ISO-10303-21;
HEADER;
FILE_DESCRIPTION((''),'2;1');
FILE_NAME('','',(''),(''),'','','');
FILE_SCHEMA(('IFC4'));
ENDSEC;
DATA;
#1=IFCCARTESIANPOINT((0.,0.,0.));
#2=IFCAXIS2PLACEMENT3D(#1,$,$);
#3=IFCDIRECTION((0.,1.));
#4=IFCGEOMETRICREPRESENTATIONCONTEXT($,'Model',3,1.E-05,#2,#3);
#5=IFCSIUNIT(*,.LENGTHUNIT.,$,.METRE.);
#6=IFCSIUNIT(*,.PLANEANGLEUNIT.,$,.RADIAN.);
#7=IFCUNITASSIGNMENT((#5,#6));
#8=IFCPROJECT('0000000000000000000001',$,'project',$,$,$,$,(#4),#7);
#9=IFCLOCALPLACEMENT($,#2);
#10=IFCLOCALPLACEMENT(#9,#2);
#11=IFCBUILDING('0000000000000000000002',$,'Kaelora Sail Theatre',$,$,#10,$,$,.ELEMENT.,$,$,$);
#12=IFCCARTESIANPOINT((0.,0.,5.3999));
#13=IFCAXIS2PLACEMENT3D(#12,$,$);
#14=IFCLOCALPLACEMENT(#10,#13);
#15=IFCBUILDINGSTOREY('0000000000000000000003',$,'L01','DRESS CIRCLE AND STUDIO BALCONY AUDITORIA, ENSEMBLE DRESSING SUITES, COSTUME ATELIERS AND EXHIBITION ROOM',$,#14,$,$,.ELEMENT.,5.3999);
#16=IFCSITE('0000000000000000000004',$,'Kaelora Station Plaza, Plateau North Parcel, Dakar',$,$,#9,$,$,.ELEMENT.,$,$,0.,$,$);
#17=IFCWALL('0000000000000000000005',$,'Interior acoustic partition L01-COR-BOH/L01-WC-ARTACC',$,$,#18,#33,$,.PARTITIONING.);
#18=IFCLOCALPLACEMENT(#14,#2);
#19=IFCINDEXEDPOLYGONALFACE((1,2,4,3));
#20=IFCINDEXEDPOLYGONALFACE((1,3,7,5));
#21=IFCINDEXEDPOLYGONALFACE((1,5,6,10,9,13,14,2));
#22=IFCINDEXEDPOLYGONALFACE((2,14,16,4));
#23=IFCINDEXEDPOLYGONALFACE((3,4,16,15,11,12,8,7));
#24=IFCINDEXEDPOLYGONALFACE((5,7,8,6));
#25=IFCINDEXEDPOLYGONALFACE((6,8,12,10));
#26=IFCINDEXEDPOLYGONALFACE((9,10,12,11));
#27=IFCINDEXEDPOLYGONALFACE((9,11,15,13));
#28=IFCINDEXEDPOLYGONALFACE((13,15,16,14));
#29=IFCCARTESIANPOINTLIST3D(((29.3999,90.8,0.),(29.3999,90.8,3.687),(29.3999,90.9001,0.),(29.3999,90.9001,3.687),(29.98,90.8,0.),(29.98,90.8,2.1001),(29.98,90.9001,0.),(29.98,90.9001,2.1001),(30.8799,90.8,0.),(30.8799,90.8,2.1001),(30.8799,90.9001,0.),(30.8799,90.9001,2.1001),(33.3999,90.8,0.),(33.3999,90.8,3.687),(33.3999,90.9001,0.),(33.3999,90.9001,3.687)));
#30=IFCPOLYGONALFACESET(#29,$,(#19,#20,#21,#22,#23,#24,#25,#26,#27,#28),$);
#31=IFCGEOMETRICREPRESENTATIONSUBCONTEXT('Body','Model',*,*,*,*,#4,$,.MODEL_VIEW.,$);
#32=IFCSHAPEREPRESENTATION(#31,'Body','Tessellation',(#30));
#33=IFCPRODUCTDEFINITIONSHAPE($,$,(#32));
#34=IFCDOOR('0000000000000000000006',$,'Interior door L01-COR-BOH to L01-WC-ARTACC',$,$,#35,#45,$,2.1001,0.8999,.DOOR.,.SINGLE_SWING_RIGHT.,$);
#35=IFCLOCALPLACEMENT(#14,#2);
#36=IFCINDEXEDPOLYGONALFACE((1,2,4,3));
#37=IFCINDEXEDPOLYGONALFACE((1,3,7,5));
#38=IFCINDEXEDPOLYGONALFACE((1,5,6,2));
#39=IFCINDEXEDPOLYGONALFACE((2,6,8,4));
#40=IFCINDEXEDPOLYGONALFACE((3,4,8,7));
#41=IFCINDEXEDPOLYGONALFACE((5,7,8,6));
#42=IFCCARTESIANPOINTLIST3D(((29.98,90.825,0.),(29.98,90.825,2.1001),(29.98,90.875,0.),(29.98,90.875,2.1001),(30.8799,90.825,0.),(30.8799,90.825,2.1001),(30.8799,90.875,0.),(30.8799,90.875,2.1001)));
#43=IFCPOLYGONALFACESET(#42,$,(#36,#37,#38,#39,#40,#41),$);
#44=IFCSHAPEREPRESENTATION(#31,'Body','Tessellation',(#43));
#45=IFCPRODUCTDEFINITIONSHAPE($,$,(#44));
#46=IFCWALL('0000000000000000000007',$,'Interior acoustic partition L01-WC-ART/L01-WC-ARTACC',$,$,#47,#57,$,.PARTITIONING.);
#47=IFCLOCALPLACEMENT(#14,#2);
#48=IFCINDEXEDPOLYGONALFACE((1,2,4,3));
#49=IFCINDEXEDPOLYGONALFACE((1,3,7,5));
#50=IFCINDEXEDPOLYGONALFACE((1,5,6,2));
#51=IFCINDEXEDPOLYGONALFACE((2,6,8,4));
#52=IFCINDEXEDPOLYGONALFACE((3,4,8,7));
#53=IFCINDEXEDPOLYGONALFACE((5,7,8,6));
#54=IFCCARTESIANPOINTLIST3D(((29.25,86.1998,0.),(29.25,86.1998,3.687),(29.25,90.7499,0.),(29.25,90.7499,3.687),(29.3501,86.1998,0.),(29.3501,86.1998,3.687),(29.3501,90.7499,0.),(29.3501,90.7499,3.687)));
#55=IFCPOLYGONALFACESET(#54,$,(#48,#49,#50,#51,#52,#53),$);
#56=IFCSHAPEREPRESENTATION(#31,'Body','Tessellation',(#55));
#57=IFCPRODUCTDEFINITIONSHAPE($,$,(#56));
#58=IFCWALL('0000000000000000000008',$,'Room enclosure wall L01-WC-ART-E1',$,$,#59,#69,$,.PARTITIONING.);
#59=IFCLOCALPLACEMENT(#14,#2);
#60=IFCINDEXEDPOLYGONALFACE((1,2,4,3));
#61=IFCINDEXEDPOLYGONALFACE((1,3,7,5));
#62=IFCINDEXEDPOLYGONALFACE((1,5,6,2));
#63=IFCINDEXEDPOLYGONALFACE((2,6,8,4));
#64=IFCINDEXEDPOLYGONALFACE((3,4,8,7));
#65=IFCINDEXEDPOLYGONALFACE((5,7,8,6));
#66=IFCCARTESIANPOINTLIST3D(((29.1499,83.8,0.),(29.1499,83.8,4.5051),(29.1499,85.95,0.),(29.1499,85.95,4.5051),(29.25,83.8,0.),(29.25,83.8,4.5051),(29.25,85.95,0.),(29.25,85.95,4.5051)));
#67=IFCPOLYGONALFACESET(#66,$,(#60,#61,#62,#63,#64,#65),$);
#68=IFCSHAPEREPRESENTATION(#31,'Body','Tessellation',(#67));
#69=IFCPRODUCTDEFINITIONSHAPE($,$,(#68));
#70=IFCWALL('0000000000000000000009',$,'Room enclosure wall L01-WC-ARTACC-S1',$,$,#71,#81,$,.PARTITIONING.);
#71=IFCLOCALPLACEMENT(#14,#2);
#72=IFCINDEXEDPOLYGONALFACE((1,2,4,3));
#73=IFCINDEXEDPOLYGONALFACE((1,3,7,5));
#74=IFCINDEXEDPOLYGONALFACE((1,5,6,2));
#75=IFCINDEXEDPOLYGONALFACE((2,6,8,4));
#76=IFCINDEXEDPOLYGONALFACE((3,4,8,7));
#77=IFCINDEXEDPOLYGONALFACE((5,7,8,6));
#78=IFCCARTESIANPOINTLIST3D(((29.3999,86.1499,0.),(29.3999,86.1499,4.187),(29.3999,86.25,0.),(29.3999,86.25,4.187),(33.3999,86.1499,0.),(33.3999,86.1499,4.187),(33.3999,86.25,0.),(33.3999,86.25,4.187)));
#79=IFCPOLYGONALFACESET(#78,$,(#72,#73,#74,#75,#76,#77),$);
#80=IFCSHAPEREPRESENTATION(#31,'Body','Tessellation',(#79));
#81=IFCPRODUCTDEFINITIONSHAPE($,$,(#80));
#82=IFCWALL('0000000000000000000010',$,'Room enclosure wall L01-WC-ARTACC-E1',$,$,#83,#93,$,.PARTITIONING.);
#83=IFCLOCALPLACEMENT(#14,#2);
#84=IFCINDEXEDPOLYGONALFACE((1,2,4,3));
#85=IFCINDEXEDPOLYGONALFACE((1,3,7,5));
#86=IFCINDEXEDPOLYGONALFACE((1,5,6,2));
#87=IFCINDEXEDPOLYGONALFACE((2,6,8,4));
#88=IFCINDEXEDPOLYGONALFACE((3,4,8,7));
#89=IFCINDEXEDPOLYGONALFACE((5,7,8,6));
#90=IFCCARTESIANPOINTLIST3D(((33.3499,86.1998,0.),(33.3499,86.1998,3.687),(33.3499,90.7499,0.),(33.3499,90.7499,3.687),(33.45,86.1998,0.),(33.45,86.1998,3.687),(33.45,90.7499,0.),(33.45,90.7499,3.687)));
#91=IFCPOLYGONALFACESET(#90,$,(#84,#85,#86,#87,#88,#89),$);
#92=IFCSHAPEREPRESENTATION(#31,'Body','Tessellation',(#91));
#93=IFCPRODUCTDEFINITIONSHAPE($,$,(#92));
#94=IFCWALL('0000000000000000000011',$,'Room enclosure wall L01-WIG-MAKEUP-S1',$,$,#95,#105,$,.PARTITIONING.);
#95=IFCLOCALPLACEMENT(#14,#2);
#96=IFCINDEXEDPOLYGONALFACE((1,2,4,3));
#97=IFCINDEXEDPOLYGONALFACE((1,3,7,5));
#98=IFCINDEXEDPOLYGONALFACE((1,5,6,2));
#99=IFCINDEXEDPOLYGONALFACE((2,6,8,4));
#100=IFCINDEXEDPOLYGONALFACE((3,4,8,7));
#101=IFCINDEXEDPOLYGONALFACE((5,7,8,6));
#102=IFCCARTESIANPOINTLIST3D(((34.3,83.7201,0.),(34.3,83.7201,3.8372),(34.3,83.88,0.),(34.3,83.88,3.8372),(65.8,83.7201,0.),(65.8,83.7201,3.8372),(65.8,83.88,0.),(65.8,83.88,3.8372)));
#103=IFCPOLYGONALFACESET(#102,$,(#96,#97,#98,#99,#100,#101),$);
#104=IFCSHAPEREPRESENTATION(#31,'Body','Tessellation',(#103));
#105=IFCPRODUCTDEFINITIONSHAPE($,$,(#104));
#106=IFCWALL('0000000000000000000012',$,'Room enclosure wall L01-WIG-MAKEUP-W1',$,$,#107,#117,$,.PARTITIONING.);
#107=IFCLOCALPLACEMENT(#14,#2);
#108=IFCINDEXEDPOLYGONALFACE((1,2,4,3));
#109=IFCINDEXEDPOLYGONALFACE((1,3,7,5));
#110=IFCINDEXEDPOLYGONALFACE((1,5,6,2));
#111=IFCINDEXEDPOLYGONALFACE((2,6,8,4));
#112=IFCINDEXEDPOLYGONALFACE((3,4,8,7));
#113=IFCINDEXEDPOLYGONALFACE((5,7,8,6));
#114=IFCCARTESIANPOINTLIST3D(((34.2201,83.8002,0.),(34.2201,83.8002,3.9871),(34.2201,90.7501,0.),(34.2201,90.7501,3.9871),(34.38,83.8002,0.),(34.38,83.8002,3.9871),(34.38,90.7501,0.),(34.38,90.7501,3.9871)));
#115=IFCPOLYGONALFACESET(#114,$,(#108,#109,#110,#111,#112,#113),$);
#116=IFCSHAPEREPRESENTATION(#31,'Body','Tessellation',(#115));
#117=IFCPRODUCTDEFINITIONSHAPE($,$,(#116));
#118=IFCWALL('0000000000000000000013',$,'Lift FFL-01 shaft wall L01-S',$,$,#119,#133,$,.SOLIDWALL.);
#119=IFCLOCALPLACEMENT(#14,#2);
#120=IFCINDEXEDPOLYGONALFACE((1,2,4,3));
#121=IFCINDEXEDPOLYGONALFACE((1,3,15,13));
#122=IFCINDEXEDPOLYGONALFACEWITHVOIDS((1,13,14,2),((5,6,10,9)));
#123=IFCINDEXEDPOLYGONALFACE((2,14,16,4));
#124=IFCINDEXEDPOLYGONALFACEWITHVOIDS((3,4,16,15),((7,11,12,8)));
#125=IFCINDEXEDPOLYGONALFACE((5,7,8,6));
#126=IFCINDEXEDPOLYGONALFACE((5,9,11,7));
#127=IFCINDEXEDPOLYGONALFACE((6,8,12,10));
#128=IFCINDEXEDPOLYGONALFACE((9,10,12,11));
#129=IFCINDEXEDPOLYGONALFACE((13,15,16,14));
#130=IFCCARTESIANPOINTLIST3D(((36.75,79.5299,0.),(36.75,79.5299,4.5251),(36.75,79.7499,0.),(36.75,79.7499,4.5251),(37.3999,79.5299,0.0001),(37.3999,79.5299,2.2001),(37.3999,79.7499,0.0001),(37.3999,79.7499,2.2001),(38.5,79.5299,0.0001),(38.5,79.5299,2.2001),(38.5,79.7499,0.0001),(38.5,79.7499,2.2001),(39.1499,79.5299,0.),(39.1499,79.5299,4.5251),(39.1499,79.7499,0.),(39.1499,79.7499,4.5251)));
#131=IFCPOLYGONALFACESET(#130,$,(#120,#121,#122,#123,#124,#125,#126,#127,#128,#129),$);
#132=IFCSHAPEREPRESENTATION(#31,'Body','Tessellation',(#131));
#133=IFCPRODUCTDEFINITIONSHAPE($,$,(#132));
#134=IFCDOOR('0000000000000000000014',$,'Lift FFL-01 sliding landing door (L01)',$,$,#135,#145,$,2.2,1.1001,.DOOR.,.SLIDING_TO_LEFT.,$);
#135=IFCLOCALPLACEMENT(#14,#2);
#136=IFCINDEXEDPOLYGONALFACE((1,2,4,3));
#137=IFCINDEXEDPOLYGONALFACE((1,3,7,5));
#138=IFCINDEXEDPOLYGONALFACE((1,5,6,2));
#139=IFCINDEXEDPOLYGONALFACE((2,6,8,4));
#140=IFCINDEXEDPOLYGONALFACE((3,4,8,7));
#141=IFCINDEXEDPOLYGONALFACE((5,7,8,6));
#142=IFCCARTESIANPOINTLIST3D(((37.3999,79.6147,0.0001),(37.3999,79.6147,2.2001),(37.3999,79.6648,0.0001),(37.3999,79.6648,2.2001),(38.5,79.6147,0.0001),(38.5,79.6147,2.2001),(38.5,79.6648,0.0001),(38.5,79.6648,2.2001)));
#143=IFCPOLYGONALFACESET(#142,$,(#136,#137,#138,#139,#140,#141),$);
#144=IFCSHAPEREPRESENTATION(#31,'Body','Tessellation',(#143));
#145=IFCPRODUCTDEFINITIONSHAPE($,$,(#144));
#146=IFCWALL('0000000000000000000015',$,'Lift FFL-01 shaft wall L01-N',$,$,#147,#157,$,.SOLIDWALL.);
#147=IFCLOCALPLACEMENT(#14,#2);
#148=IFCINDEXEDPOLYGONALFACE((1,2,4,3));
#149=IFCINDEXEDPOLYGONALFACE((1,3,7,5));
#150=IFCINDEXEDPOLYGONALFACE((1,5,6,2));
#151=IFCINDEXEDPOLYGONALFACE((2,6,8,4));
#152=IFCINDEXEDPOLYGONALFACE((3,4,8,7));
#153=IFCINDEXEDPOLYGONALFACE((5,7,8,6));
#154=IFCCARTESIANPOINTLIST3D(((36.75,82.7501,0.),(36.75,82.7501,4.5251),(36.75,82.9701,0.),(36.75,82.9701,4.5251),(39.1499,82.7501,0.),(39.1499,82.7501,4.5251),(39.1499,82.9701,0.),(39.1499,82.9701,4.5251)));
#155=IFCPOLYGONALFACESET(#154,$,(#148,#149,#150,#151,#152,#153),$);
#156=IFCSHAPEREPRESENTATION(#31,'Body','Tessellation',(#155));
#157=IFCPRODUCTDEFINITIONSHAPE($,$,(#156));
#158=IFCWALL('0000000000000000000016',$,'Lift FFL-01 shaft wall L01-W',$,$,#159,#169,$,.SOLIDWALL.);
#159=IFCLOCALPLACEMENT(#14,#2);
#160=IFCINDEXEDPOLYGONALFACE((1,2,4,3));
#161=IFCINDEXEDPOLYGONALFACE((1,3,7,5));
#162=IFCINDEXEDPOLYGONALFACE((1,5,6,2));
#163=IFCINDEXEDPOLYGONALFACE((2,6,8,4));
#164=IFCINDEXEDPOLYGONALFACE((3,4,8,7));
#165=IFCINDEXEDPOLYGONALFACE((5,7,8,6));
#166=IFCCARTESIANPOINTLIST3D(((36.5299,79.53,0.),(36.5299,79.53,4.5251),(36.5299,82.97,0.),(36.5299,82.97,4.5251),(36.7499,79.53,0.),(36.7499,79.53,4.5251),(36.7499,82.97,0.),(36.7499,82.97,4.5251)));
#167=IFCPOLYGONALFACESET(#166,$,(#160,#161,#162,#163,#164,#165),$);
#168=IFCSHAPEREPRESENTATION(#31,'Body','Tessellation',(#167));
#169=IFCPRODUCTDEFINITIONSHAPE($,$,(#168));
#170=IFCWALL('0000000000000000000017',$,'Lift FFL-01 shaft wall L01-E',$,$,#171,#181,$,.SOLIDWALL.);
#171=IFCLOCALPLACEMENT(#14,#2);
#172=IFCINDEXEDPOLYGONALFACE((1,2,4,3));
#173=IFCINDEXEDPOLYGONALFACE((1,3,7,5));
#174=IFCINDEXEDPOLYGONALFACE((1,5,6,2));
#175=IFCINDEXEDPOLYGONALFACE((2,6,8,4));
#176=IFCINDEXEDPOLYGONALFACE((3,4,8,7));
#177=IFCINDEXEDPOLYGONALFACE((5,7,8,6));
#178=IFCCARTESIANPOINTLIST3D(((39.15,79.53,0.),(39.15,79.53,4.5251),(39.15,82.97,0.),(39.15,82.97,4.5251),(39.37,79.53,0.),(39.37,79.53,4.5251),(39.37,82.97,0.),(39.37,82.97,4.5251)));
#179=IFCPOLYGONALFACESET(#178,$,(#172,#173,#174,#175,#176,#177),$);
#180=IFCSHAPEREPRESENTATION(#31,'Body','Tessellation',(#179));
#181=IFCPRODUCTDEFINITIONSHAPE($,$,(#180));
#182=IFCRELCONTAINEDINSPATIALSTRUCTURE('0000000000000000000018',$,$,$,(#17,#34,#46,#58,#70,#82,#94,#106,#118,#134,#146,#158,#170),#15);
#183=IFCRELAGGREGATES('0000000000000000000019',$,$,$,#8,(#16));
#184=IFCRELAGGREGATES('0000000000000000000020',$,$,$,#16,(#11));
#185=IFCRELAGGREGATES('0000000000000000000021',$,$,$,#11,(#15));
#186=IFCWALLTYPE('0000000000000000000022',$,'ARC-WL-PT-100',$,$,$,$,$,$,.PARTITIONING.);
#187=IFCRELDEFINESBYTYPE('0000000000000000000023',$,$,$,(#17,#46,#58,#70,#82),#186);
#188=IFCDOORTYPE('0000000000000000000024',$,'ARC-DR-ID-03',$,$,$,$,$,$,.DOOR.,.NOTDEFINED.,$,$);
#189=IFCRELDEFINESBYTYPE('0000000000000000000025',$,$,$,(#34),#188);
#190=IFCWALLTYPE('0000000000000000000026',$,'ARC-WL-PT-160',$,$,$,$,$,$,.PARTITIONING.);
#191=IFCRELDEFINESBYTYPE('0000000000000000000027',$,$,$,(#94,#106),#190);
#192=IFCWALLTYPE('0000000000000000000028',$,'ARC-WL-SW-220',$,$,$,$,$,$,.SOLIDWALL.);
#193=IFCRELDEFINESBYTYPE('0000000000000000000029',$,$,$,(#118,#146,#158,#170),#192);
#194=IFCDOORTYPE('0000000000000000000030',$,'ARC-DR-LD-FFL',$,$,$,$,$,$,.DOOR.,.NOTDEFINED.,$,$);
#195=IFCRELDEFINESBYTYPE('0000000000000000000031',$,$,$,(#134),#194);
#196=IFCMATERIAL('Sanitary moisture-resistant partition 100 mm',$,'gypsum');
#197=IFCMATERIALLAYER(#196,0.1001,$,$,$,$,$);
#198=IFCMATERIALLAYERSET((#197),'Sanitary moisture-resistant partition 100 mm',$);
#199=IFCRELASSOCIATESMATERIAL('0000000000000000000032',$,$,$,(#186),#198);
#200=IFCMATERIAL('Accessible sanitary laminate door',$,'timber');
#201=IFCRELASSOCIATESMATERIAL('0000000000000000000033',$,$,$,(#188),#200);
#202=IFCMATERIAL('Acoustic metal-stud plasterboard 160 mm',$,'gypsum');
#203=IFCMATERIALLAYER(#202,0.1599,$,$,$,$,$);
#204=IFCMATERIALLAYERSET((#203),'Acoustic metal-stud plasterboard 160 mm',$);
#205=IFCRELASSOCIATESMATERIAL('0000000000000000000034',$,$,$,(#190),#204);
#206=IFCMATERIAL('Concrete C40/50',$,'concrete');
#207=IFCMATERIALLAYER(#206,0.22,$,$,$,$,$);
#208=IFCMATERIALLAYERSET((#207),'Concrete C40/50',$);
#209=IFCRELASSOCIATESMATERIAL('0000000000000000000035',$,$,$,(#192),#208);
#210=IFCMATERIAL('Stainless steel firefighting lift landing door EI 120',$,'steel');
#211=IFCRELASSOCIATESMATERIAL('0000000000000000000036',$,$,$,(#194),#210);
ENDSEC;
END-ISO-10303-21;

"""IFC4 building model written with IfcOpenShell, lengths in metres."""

from ifc_helpers import new_model, si_unit, direction, frame, frame_2d, origin, place, context, subcontext, project, spatial, rectangle, extrude, material, layer, layer_set, type_object, element, fill, save


model = new_model("IFC4")

# Units and contexts
model_context = context("Model", 3, precision=1e-05, world=origin(), true_north=direction((0.0, 1.0)))
body_context = subcontext(model_context, "Body", "Model", "MODEL_VIEW")
ifc_project = project(units=[si_unit("LENGTHUNIT", "METRE"), si_unit("PLANEANGLEUNIT", "RADIAN")], contexts=[model_context])

# Site, building, storey
site_placement = place(None, origin())
site = spatial("IfcSite", under=ifc_project, at=site_placement, Name="Kaelora Station Plaza, Plateau North Parcel, Dakar", CompositionType="ELEMENT", RefElevation=0.0)
building_placement = place(site_placement, origin())
building = spatial("IfcBuilding", under=site, at=building_placement, Name="Kaelora Sail Theatre", CompositionType="ELEMENT")
storey_placement = place(building_placement, frame((0.0, 0.0, 5.3999)))
storey = spatial("IfcBuildingStorey", under=building, at=storey_placement, Name="L01", Description="DRESS CIRCLE AND STUDIO BALCONY AUDITORIA, ENSEMBLE DRESSING SUITES, COSTUME ATELIERS AND EXHIBITION ROOM", CompositionType="ELEMENT", Elevation=5.3999)

# Wall, opening, door
ifc_material_1 = material(Name="Sanitary moisture-resistant partition 100 mm", Category="gypsum")
ifc_layer_1 = layer(ifc_material_1, 0.1001)
ifc_layer_set_1 = layer_set([ifc_layer_1], Name="Sanitary moisture-resistant partition 100 mm")
wall_type_1 = type_object("IfcWallType", Name="ARC-WL-PT-100", PredefinedType="PARTITIONING", material=ifc_layer_set_1)
wall_1_placement = place(storey_placement, frame((29.3999, 90.8501, 0.0), z_axis=(0.0, 0.0, 1.0), x_axis=(1.0, 0.0, 0.0)))
wall_1 = element("IfcWall", 1, at=wall_1_placement, inside=storey, type_object=wall_type_1, Name="Interior acoustic partition L01-COR-BOH/L01-WC-ARTACC", PredefinedType="PARTITIONING", context=body_context, shape_type="SweptSolid", body=[
    extrude(rectangle(XDim=4.0, YDim=0.1001, at=frame_2d((2.0, 0.0))), origin(), (0.0, 0.0, 1.0), 3.687),
])
opening_1_placement = place(wall_1_placement, frame((0.5801, 0.0, 0.0)))
opening_1 = element("IfcOpeningElement", 2, at=opening_1_placement, cuts=wall_1, PredefinedType="OPENING", context=body_context, shape_type="SweptSolid", body=[
    extrude(rectangle(XDim=0.8999, YDim=2.1001, at=frame_2d((0.45, 1.05))), frame((0.0, 0.06, 0.0), z_axis=(0.0, -1.0, 0.0), x_axis=(1.0, 0.0, 0.0)), (0.0, 0.0, 1.0), 0.1201),
])
ifc_material_2 = material(Name="Accessible sanitary laminate door", Category="timber")
door_type_1 = type_object("IfcDoorType", Name="ARC-DR-ID-03", OperationType="NOTDEFINED", PredefinedType="DOOR", material=ifc_material_2)
door_1_placement = place(opening_1_placement, origin())
door_1 = element("IfcDoor", 3, at=door_1_placement, inside=storey, type_object=door_type_1, Name="Interior door L01-COR-BOH to L01-WC-ARTACC", OperationType="SINGLE_SWING_RIGHT", OverallHeight=2.1001, OverallWidth=0.8999, PredefinedType="DOOR", context=body_context, shape_type="SweptSolid", body=[
    extrude(rectangle(XDim=0.8999, YDim=2.1001, at=frame_2d((0.45, 1.05))), frame((0.0, 0.0249, 0.0), z_axis=(0.0, -1.0, 0.0), x_axis=(1.0, 0.0, 0.0)), (0.0, 0.0, 1.0), 0.05),
])
fill(opening_1, door_1)

# Walls
wall_2_placement = place(storey_placement, frame((29.3, 86.2, 0.0), z_axis=(0.0, 0.0, 1.0), x_axis=(0.0, 1.0, 0.0)))
element("IfcWall", 4, at=wall_2_placement, inside=storey, type_object=wall_type_1, Name="Interior acoustic partition L01-WC-ART/L01-WC-ARTACC", PredefinedType="PARTITIONING", context=body_context, shape_type="SweptSolid", body=[
    extrude(rectangle(XDim=4.55, YDim=0.1001, at=frame_2d((2.2749, 0.0))), origin(), (0.0, 0.0, 1.0), 3.687),
])
wall_3_placement = place(storey_placement, frame((29.2, 83.8, 0.0), z_axis=(0.0, 0.0, 1.0), x_axis=(0.0, 1.0, 0.0)))
element("IfcWall", 5, at=wall_3_placement, inside=storey, type_object=wall_type_1, Name="Room enclosure wall L01-WC-ART-E1", PredefinedType="PARTITIONING", context=body_context, shape_type="SweptSolid", body=[
    extrude(rectangle(XDim=2.1499, YDim=0.1001, at=frame_2d((1.075, 0.0))), origin(), (0.0, 0.0, 1.0), 4.5051),
])
wall_4_placement = place(storey_placement, frame((29.3999, 86.2, 0.0), z_axis=(0.0, 0.0, 1.0), x_axis=(1.0, 0.0, 0.0)))
element("IfcWall", 6, at=wall_4_placement, inside=storey, type_object=wall_type_1, Name="Room enclosure wall L01-WC-ARTACC-S1", PredefinedType="PARTITIONING", context=body_context, shape_type="SweptSolid", body=[
    extrude(rectangle(XDim=4.0, YDim=0.1001, at=frame_2d((2.0, 0.0))), origin(), (0.0, 0.0, 1.0), 4.187),
])
wall_5_placement = place(storey_placement, frame((33.3999, 86.2, 0.0), z_axis=(0.0, 0.0, 1.0), x_axis=(0.0, 1.0, 0.0)))
element("IfcWall", 7, at=wall_5_placement, inside=storey, type_object=wall_type_1, Name="Room enclosure wall L01-WC-ARTACC-E1", PredefinedType="PARTITIONING", context=body_context, shape_type="SweptSolid", body=[
    extrude(rectangle(XDim=4.55, YDim=0.1001, at=frame_2d((2.2749, 0.0))), origin(), (0.0, 0.0, 1.0), 3.687),
])
ifc_material_3 = material(Name="Acoustic metal-stud plasterboard 160 mm", Category="gypsum")
ifc_layer_2 = layer(ifc_material_3, 0.1599)
ifc_layer_set_2 = layer_set([ifc_layer_2], Name="Acoustic metal-stud plasterboard 160 mm")
wall_type_2 = type_object("IfcWallType", Name="ARC-WL-PT-160", PredefinedType="PARTITIONING", material=ifc_layer_set_2)
wall_6_placement = place(storey_placement, frame((34.3, 83.8, 0.0), z_axis=(0.0, 0.0, 1.0), x_axis=(1.0, 0.0, 0.0)))
element("IfcWall", 8, at=wall_6_placement, inside=storey, type_object=wall_type_2, Name="Room enclosure wall L01-WIG-MAKEUP-S1", PredefinedType="PARTITIONING", context=body_context, shape_type="SweptSolid", body=[
    extrude(rectangle(XDim=31.5, YDim=0.1599, at=frame_2d((15.75, 0.0))), origin(), (0.0, 0.0, 1.0), 3.8372),
])
wall_7_placement = place(storey_placement, frame((34.3, 83.8, 0.0), z_axis=(0.0, 0.0, 1.0), x_axis=(0.0, 1.0, 0.0)))
element("IfcWall", 9, at=wall_7_placement, inside=storey, type_object=wall_type_2, Name="Room enclosure wall L01-WIG-MAKEUP-W1", PredefinedType="PARTITIONING", context=body_context, shape_type="SweptSolid", body=[
    extrude(rectangle(XDim=6.95, YDim=0.1599, at=frame_2d((3.4751, 0.0))), origin(), (0.0, 0.0, 1.0), 3.9871),
])

# Wall, opening, door
ifc_material_4 = material(Name="Concrete C40/50", Category="concrete")
ifc_layer_3 = layer(ifc_material_4, 0.22)
ifc_layer_set_3 = layer_set([ifc_layer_3], Name="Concrete C40/50")
wall_type_3 = type_object("IfcWallType", Name="ARC-WL-SW-220", PredefinedType="SOLIDWALL", material=ifc_layer_set_3)
wall_8_placement = place(storey_placement, frame((36.75, 79.6399, 0.0), z_axis=(0.0, 0.0, 1.0), x_axis=(1.0, 0.0, 0.0)))
wall_8 = element("IfcWall", 10, at=wall_8_placement, inside=storey, type_object=wall_type_3, Name="Lift FFL-01 shaft wall L01-S", PredefinedType="SOLIDWALL", context=body_context, shape_type="SweptSolid", body=[
    extrude(rectangle(XDim=2.3999, YDim=0.22, at=frame_2d((1.2, 0.0))), origin(), (0.0, 0.0, 1.0), 4.5251),
])
opening_2_placement = place(wall_8_placement, frame((0.6499, 0.0, 0.0)))
opening_2 = element("IfcOpeningElement", 11, at=opening_2_placement, cuts=wall_8, PredefinedType="OPENING", context=body_context, shape_type="SweptSolid", body=[
    extrude(rectangle(XDim=1.1001, YDim=2.2, at=frame_2d((0.55, 1.1001))), frame((0.0, 0.1199, 0.0), z_axis=(0.0, -1.0, 0.0), x_axis=(1.0, 0.0, 0.0)), (0.0, 0.0, 1.0), 0.24),
])
ifc_material_5 = material(Name="Stainless steel firefighting lift landing door EI 120", Category="steel")
door_type_2 = type_object("IfcDoorType", Name="ARC-DR-LD-FFL", OperationType="NOTDEFINED", PredefinedType="DOOR", material=ifc_material_5)
door_2_placement = place(opening_2_placement, origin())
door_2 = element("IfcDoor", 12, at=door_2_placement, inside=storey, type_object=door_type_2, Name="Lift FFL-01 sliding landing door (L01)", OperationType="SLIDING_TO_LEFT", OverallHeight=2.2, OverallWidth=1.1001, PredefinedType="DOOR", context=body_context, shape_type="SweptSolid", body=[
    extrude(rectangle(XDim=1.1001, YDim=2.2, at=frame_2d((0.55, 1.1001))), frame((0.0, 0.0249, 0.0), z_axis=(0.0, -1.0, 0.0), x_axis=(1.0, 0.0, 0.0)), (0.0, 0.0, 1.0), 0.05),
])
fill(opening_2, door_2)

# Walls
wall_9_placement = place(storey_placement, frame((36.75, 82.8601, 0.0), z_axis=(0.0, 0.0, 1.0), x_axis=(1.0, 0.0, 0.0)))
element("IfcWall", 13, at=wall_9_placement, inside=storey, type_object=wall_type_3, Name="Lift FFL-01 shaft wall L01-N", PredefinedType="SOLIDWALL", context=body_context, shape_type="SweptSolid", body=[
    extrude(rectangle(XDim=2.3999, YDim=0.22, at=frame_2d((1.2, 0.0))), origin(), (0.0, 0.0, 1.0), 4.5251),
])
for number, where, z_axis, x_axis, name in (
    (14, (36.6399, 79.53, 0.0), (0.0, 0.0, 1.0), (0.0, 1.0, 0.0), "Lift FFL-01 shaft wall L01-W"),
    (15, (39.26, 79.53, 0.0), (0.0, 0.0, 1.0), (0.0, 1.0, 0.0), "Lift FFL-01 shaft wall L01-E"),
):
    element("IfcWall", number, at=place(storey_placement, frame(where, z_axis=z_axis, x_axis=x_axis)), inside=storey, type_object=wall_type_3, Name=name, PredefinedType="SOLIDWALL", context=body_context, shape_type="SweptSolid", body=[
        extrude(rectangle(XDim=3.4399, YDim=0.22, at=frame_2d((1.72, 0.0))), origin(), (0.0, 0.0, 1.0), 4.5251),
    ])

save(model, "model.ifc")
